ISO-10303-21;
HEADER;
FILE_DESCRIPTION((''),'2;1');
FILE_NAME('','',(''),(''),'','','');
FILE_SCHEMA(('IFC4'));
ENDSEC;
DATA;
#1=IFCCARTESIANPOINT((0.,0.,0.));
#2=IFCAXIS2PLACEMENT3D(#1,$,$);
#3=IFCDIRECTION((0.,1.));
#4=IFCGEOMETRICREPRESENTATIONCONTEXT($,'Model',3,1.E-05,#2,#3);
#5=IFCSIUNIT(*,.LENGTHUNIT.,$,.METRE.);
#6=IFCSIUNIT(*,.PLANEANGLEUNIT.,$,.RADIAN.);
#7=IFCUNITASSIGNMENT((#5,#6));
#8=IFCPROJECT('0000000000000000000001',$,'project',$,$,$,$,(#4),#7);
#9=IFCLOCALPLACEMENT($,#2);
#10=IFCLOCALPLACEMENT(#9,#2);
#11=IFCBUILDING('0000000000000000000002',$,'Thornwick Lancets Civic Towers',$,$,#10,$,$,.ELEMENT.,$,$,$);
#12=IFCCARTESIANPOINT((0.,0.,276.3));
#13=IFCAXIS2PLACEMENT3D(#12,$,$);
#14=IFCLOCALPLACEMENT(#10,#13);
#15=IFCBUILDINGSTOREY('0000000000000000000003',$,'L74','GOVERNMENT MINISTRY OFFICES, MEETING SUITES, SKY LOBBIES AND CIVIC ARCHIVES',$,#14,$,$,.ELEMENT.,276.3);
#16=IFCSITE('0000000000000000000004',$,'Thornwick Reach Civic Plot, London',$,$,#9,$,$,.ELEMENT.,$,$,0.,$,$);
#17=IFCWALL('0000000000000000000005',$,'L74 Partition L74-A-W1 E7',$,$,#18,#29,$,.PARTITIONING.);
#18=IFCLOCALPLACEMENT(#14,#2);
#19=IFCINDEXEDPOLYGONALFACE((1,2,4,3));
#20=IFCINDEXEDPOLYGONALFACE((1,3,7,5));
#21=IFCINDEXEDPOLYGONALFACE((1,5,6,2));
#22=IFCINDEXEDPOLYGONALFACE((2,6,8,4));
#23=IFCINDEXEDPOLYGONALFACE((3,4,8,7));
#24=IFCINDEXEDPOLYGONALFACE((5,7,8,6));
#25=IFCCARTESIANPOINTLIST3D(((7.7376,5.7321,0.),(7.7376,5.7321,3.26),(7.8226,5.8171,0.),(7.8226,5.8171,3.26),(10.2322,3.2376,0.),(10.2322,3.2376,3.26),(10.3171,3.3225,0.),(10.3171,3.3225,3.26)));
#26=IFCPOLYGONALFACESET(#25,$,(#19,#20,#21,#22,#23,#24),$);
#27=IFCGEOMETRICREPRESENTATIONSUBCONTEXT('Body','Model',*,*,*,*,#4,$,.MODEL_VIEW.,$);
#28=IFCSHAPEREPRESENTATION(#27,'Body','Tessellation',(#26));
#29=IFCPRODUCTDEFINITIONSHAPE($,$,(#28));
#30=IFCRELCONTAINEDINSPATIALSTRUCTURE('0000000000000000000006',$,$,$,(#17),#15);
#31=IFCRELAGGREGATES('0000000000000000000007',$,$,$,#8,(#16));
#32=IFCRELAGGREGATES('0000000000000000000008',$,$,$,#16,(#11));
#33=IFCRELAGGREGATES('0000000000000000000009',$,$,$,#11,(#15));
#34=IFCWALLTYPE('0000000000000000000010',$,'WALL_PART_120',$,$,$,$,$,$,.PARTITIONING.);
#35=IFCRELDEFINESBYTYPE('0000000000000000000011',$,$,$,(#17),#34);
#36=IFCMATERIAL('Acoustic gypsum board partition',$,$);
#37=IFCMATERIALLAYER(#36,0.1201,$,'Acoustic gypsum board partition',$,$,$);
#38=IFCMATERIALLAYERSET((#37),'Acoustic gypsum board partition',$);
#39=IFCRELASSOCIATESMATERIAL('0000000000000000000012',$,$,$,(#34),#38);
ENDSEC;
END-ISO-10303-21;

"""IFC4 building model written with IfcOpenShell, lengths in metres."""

from ifc_helpers import new_model, si_unit, direction, frame, frame_2d, origin, place, context, subcontext, project, spatial, rectangle, extrude, material, layer, layer_set, type_object, element, save


model = new_model("IFC4")

# Units and contexts
model_context = context("Model", 3, precision=1e-05, world=origin(), true_north=direction((0.0, 1.0)))
body_context = subcontext(model_context, "Body", "Model", "MODEL_VIEW")
ifc_project = project(units=[si_unit("LENGTHUNIT", "METRE"), si_unit("PLANEANGLEUNIT", "RADIAN")], contexts=[model_context])

# Site, building, storey
site_placement = place(None, origin())
site = spatial("IfcSite", under=ifc_project, at=site_placement, Name="Thornwick Reach Civic Plot, London", CompositionType="ELEMENT", RefElevation=0.0)
building_placement = place(site_placement, origin())
building = spatial("IfcBuilding", under=site, at=building_placement, Name="Thornwick Lancets Civic Towers", CompositionType="ELEMENT")
storey_placement = place(building_placement, frame((0.0, 0.0, 276.3)))
storey = spatial("IfcBuildingStorey", under=building, at=storey_placement, Name="L74", Description="GOVERNMENT MINISTRY OFFICES, MEETING SUITES, SKY LOBBIES AND CIVIC ARCHIVES", CompositionType="ELEMENT", Elevation=276.3)

# Wall
ifc_material_1 = material(Name="Acoustic gypsum board partition")
ifc_layer_1 = layer(ifc_material_1, 0.1201, Name="Acoustic gypsum board partition")
ifc_layer_set_1 = layer_set([ifc_layer_1], Name="Acoustic gypsum board partition")
wall_type_1 = type_object("IfcWallType", Name="WALL_PART_120", PredefinedType="PARTITIONING", material=ifc_layer_set_1)
wall_1_placement = place(storey_placement, frame((10.2747, 3.28, 0.0), z_axis=(0.0, 0.0, 1.0), x_axis=(-0.707107, 0.707107, 0.0)))
element("IfcWall", 1, at=wall_1_placement, inside=storey, type_object=wall_type_1, Name="L74 Partition L74-A-W1 E7", PredefinedType="PARTITIONING", context=body_context, shape_type="SweptSolid", body=[
    extrude(rectangle(XDim=3.5278, YDim=0.1201, at=frame_2d((1.7639, 0.0))), origin(), (0.0, 0.0, 1.0), 3.26),
])

save(model, "model.ifc")
